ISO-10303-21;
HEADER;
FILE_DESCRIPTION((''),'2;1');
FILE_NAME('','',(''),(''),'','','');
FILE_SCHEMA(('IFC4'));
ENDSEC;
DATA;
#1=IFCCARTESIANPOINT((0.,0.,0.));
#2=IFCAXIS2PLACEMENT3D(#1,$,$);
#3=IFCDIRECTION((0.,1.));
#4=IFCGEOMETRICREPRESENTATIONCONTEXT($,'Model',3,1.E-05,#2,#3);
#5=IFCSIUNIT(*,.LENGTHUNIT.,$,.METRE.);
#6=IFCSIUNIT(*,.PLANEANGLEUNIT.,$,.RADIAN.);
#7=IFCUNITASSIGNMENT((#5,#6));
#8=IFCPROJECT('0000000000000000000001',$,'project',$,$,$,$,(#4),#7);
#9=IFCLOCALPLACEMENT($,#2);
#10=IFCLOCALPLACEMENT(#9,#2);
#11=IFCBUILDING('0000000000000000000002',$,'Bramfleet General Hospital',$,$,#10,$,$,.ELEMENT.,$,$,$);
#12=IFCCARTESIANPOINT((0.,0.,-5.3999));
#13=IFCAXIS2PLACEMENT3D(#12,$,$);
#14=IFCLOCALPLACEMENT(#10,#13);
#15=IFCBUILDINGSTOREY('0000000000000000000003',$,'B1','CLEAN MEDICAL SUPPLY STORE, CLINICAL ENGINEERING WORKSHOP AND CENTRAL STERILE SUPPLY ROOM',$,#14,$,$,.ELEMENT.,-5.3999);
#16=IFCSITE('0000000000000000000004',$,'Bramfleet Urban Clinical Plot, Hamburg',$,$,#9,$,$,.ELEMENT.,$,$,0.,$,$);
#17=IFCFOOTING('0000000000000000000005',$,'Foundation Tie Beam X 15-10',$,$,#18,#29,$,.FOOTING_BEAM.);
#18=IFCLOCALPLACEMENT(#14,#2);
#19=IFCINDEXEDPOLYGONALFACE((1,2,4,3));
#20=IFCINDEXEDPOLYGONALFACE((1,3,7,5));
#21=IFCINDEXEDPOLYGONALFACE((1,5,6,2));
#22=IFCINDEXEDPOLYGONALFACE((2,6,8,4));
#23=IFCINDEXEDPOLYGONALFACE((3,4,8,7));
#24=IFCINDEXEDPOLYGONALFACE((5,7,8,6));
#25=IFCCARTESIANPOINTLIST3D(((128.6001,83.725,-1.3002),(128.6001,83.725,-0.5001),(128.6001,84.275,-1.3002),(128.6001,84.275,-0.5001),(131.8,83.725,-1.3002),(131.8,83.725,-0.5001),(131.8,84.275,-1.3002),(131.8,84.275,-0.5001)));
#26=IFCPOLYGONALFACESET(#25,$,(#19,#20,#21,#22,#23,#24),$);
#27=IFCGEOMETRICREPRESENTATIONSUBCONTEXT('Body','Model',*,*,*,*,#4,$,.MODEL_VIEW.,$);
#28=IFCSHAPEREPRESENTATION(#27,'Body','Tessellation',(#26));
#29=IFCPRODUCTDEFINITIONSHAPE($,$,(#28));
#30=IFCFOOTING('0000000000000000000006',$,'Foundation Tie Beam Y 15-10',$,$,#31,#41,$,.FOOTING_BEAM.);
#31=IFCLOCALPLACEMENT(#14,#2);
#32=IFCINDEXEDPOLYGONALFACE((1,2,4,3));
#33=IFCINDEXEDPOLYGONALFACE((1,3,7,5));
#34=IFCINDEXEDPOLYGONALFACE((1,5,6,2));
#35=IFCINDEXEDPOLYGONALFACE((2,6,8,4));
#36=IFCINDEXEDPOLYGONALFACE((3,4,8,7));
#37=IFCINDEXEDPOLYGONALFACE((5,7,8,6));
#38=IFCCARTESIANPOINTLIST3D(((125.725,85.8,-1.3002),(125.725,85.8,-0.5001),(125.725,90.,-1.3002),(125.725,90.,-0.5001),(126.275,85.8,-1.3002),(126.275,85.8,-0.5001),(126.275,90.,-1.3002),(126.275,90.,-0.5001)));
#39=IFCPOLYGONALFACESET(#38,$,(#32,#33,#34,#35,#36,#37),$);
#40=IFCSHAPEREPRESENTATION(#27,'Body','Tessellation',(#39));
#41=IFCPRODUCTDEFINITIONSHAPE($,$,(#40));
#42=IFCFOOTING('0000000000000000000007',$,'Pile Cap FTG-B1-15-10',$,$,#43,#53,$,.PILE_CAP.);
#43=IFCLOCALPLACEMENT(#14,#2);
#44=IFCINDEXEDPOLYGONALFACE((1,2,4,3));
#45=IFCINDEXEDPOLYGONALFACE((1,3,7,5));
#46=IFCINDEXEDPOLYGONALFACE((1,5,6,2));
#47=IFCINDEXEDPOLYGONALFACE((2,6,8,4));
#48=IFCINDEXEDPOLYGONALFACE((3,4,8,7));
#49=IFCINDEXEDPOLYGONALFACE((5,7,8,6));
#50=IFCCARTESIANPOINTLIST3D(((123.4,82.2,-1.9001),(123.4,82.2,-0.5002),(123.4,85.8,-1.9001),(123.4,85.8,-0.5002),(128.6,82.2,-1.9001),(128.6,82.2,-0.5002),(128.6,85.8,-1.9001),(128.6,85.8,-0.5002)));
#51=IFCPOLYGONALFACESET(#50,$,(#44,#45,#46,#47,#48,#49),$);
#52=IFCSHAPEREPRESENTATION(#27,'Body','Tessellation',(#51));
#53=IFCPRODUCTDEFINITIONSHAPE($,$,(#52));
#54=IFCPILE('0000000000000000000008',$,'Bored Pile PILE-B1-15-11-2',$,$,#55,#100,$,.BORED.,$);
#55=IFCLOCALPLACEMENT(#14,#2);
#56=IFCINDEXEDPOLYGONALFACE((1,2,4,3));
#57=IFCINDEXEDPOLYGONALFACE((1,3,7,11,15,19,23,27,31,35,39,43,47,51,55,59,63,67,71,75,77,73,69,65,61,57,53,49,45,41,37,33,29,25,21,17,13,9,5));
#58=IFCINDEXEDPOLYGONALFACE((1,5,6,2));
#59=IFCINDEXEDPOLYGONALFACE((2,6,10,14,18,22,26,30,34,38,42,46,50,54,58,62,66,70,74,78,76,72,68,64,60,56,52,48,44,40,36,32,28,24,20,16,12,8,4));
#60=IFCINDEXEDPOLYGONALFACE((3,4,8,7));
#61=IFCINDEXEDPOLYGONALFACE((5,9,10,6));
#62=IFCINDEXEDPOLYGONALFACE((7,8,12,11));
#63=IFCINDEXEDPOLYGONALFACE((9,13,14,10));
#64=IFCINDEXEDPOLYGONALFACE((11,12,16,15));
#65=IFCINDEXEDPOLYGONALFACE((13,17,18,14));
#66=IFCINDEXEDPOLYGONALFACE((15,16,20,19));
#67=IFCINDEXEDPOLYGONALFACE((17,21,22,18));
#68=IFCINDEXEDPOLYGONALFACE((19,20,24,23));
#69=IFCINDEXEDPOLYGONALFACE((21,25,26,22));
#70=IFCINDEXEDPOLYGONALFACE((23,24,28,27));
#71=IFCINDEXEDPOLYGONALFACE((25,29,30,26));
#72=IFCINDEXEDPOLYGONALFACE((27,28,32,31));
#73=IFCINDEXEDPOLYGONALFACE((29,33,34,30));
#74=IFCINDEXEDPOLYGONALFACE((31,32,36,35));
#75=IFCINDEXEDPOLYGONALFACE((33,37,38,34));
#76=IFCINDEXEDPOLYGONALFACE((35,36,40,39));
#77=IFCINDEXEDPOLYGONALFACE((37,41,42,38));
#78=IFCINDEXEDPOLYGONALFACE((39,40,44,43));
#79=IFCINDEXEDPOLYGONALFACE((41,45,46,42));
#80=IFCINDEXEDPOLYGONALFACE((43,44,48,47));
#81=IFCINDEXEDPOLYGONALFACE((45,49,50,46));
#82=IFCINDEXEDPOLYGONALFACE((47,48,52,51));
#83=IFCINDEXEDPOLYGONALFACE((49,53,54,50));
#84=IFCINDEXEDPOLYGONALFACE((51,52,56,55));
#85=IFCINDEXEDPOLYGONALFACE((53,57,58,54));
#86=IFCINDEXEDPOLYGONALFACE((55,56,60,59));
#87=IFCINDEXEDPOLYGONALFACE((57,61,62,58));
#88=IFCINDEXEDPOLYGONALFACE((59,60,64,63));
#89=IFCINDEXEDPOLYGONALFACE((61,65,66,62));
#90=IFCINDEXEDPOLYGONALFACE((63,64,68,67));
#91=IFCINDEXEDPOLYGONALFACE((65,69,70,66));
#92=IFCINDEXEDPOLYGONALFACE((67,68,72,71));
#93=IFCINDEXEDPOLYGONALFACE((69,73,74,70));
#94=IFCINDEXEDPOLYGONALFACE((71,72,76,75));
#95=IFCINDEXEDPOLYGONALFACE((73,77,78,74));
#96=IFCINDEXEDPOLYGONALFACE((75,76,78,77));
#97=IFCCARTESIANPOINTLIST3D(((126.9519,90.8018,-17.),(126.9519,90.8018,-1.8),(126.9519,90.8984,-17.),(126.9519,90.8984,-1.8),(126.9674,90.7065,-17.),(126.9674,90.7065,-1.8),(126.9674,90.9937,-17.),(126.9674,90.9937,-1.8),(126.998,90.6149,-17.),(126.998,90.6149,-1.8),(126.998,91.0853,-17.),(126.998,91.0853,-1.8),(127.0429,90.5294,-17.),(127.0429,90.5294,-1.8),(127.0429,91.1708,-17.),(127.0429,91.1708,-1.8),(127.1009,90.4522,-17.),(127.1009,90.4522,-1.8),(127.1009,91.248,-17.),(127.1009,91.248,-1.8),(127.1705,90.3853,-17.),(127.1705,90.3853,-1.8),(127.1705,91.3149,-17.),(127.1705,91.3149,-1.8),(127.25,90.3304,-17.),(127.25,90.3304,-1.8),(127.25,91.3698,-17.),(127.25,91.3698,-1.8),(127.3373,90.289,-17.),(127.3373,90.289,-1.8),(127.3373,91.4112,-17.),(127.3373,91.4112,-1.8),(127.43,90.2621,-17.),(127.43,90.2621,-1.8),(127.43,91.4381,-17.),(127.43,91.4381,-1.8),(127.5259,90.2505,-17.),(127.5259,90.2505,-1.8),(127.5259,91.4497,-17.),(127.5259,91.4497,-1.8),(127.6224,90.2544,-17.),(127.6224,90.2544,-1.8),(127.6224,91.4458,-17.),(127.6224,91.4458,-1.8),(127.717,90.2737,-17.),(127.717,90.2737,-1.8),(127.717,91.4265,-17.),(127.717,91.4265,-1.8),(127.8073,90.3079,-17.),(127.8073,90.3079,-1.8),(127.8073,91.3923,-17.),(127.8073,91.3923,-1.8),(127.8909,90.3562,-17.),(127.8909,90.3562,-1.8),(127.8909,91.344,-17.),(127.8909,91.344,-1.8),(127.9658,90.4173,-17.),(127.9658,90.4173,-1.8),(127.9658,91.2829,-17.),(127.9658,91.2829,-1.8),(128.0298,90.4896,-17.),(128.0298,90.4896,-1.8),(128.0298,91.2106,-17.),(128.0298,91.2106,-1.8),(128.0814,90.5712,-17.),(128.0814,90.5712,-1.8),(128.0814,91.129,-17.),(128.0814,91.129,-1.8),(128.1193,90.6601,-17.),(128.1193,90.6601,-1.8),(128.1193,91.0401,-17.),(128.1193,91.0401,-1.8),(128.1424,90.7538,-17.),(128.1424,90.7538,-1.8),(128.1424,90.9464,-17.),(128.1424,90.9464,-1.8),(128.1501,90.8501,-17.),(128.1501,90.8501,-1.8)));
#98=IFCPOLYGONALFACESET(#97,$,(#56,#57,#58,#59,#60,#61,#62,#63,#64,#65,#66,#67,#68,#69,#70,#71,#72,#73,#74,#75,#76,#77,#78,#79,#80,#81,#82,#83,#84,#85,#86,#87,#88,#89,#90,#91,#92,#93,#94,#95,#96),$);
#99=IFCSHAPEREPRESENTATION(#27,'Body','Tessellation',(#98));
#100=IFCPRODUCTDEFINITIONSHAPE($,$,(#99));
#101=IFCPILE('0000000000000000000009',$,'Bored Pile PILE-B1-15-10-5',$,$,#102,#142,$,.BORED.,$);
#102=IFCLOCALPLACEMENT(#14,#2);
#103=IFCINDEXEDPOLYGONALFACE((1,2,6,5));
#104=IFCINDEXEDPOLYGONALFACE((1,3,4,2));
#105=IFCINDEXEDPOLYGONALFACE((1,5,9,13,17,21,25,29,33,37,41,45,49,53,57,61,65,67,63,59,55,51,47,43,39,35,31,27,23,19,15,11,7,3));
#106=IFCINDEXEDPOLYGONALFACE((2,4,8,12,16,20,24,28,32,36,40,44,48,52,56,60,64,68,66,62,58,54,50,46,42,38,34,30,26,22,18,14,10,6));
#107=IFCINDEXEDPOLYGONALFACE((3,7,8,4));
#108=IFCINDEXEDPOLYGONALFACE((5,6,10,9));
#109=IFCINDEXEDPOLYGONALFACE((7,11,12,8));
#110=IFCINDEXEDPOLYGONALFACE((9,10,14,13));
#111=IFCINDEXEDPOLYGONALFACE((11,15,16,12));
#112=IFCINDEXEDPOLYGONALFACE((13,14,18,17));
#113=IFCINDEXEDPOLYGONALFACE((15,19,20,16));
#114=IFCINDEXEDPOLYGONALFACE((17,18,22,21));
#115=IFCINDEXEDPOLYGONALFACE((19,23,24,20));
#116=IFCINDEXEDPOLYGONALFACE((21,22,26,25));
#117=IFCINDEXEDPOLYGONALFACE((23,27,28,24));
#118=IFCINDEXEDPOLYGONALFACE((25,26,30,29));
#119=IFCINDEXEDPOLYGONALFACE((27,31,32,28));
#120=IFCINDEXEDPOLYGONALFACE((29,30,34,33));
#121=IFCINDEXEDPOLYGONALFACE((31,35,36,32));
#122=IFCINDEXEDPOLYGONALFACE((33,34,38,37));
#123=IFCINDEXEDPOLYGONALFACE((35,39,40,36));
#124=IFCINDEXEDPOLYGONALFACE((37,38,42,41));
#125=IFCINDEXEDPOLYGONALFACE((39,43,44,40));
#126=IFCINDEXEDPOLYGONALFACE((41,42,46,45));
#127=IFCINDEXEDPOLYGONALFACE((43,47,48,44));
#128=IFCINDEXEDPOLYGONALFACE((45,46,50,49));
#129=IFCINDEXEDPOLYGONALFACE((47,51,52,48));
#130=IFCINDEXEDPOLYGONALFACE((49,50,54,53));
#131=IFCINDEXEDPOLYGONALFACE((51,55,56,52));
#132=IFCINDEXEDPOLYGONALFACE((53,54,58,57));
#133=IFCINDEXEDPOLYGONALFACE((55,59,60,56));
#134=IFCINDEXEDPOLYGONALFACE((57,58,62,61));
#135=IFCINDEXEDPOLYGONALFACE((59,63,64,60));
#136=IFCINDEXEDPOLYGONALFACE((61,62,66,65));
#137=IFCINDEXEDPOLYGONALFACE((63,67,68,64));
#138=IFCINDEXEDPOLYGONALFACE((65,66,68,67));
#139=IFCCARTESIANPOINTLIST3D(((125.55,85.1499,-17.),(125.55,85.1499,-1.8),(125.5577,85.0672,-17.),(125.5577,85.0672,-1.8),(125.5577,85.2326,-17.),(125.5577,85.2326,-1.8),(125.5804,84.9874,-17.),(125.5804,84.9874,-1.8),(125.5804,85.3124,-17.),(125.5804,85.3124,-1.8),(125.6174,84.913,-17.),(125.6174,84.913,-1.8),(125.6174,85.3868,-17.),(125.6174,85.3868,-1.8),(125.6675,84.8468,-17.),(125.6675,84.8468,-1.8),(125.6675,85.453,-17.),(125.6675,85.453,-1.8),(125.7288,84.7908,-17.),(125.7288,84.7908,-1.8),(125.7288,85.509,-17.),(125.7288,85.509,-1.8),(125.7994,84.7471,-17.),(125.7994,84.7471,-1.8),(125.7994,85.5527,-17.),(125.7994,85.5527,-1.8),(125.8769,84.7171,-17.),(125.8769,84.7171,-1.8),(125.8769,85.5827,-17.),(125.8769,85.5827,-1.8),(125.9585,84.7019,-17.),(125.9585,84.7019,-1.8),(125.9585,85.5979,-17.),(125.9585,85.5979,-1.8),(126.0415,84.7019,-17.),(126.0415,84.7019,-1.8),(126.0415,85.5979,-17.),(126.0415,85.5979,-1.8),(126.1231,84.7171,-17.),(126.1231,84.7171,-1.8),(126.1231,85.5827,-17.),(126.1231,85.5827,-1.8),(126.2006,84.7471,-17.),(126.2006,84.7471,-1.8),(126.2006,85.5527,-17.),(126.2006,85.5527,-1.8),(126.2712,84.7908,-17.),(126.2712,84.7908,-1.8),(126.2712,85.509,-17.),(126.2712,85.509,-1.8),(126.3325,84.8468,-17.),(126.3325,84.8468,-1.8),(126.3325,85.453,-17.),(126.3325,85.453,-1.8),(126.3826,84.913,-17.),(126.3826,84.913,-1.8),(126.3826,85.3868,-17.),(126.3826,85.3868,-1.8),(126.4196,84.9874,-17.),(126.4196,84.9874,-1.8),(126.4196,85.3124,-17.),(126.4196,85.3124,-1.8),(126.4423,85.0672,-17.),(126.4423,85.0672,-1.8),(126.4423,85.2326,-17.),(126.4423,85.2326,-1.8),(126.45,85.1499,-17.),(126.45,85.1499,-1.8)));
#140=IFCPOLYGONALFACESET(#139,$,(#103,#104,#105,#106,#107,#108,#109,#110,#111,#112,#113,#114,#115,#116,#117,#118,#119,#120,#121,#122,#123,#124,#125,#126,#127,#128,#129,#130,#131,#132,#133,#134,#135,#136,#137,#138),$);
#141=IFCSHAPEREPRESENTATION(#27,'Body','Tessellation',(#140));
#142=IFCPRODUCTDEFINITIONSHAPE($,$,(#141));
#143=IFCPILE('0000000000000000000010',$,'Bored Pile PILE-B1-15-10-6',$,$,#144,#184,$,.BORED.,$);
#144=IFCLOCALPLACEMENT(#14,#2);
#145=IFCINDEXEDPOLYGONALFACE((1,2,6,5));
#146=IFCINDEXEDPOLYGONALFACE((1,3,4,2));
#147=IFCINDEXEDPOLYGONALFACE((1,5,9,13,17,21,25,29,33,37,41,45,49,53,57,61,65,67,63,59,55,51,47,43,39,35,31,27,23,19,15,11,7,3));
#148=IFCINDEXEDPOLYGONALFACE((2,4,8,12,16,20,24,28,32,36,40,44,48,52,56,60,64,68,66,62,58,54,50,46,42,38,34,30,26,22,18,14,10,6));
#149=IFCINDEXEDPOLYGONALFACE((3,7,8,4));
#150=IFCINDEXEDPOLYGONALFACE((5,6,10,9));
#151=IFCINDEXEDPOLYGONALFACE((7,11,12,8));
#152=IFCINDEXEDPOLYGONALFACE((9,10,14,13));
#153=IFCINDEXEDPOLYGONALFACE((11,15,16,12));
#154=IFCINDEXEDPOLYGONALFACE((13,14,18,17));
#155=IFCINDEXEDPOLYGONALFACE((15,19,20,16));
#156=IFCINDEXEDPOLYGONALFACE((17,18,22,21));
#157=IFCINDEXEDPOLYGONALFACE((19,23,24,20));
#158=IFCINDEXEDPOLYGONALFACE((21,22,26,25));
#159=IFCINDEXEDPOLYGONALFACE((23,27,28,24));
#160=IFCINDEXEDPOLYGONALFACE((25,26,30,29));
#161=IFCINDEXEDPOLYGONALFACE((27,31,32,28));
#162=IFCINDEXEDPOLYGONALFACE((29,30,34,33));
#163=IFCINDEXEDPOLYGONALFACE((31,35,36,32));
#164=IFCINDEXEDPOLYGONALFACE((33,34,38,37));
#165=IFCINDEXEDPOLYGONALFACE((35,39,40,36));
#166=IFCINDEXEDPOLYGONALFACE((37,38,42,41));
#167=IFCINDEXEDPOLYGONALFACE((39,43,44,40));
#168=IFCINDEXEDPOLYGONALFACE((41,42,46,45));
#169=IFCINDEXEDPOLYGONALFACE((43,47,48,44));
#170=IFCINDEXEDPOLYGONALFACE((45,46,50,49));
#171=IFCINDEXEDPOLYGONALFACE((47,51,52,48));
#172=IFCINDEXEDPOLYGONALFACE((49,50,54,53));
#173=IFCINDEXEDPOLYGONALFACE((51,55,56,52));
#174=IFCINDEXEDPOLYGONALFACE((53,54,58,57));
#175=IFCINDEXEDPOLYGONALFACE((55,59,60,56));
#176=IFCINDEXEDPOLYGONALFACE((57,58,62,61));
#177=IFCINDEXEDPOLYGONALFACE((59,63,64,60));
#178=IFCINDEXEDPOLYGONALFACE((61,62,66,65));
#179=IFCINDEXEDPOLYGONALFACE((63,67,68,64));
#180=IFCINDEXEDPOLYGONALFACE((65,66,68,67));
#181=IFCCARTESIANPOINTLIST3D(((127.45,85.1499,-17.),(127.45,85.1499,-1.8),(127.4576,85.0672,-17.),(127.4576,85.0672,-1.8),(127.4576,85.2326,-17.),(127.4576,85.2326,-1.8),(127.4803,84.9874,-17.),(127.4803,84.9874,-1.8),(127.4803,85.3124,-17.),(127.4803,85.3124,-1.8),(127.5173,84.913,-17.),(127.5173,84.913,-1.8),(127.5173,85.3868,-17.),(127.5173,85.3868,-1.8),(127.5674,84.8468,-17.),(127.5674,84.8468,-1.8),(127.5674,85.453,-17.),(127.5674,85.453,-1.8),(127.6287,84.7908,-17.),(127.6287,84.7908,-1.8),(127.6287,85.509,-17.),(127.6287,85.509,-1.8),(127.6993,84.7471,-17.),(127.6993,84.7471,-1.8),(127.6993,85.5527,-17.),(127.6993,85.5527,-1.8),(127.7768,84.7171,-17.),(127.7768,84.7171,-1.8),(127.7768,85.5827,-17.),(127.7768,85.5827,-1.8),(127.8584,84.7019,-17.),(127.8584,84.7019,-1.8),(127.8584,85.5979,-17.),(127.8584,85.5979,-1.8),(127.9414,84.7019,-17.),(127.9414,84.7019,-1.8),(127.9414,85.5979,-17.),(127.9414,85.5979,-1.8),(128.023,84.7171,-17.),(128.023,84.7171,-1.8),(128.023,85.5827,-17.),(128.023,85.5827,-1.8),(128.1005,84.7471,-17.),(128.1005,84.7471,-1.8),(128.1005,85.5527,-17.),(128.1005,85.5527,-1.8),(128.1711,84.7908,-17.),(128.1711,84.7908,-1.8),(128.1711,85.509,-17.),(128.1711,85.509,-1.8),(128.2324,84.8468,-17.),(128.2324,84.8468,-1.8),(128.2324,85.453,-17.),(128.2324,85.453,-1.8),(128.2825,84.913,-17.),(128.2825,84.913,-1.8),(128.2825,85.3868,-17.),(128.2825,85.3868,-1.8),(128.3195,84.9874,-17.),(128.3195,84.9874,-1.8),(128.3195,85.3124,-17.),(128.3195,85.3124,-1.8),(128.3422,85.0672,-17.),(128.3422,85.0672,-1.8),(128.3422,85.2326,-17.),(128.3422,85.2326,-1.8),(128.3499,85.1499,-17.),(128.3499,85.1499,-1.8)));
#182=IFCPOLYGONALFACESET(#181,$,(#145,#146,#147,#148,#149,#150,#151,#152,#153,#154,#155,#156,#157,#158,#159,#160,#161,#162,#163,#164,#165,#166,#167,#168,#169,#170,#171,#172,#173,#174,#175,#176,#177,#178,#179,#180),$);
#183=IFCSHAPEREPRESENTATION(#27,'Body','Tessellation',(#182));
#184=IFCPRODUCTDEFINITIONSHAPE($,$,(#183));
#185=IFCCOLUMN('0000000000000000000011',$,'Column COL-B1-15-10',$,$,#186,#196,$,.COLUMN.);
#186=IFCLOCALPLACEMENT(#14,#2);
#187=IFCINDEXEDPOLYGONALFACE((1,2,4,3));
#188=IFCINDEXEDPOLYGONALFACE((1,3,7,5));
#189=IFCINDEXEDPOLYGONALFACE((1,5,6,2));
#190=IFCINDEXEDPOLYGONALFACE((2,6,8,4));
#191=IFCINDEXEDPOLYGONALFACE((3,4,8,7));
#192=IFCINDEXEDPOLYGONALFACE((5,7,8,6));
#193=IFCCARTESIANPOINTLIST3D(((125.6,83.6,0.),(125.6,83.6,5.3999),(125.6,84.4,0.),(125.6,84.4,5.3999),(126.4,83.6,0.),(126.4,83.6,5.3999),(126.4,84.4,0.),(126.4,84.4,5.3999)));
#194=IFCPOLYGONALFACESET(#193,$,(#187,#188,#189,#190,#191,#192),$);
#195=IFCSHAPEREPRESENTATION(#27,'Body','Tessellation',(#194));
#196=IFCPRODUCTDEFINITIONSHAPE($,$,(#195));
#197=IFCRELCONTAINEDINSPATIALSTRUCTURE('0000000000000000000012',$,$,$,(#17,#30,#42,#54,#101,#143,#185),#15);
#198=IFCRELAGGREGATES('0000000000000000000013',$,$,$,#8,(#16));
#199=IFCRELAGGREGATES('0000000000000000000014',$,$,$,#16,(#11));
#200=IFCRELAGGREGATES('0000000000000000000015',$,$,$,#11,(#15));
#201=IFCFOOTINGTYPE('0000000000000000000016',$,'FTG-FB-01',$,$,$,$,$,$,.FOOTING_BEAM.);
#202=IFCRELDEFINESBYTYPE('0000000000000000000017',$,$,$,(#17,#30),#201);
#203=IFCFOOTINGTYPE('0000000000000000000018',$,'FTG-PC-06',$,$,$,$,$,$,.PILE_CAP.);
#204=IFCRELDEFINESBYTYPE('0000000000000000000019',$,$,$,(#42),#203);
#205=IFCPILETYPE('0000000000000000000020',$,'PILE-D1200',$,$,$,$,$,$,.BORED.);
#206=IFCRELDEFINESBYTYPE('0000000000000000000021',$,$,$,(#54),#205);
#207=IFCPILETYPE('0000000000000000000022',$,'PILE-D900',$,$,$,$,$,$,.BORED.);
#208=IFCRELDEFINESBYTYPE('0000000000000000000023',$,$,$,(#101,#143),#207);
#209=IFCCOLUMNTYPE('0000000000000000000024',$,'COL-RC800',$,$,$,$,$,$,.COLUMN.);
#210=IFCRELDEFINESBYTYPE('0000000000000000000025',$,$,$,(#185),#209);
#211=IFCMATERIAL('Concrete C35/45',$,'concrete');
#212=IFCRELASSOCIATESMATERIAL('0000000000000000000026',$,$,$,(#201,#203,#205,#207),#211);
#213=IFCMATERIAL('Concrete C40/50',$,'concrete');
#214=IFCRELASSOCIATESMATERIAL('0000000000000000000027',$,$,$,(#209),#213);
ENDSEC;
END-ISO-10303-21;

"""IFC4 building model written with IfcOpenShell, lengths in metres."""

from ifc_helpers import new_model, si_unit, direction, frame, origin, origin_2d, place, context, subcontext, project, spatial, rectangle, circle, extrude, material, material_profile, profile_set, type_object, element, save


model = new_model("IFC4")

# Units and contexts
model_context = context("Model", 3, precision=1e-05, world=origin(), true_north=direction((0.0, 1.0)))
body_context = subcontext(model_context, "Body", "Model", "MODEL_VIEW")
ifc_project = project(units=[si_unit("LENGTHUNIT", "METRE"), si_unit("PLANEANGLEUNIT", "RADIAN")], contexts=[model_context])

# Site, building, storey
site_placement = place(None, origin())
site = spatial("IfcSite", under=ifc_project, at=site_placement, Name="Bramfleet Urban Clinical Plot, Hamburg", CompositionType="ELEMENT", RefElevation=0.0)
building_placement = place(site_placement, origin())
building = spatial("IfcBuilding", under=site, at=building_placement, Name="Bramfleet General Hospital", CompositionType="ELEMENT")
storey_placement = place(building_placement, frame((0.0, 0.0, -5.3999)))
storey = spatial("IfcBuildingStorey", under=building, at=storey_placement, Name="B1", Description="CLEAN MEDICAL SUPPLY STORE, CLINICAL ENGINEERING WORKSHOP AND CENTRAL STERILE SUPPLY ROOM", CompositionType="ELEMENT", Elevation=-5.3999)

# Footings
ifc_material_1 = material(Name="Concrete C35/45", Category="concrete")
ifc_material_profile_1 = material_profile(ifc_material_1, rectangle(XDim=0.55, YDim=0.8, at=origin_2d()), Name="RC FB 800x550")
ifc_profile_set_1 = profile_set([ifc_material_profile_1], Name="Concrete C35/45")
footing_type_1 = type_object("IfcFootingType", Name="FTG-FB-01", PredefinedType="FOOTING_BEAM", material=ifc_profile_set_1)
footing_1_placement = place(storey_placement, frame((128.6001, 84.0, -0.9001), z_axis=(1.0, 0.0, 0.0), x_axis=(0.0, 1.0, 0.0)))
element("IfcFooting", 1, at=footing_1_placement, inside=storey, type_object=footing_type_1, Name="Foundation Tie Beam X 15-10", PredefinedType="FOOTING_BEAM", context=body_context, shape_type="SweptSolid", body=[
    extrude(rectangle(XDim=0.55, YDim=0.8, at=origin_2d()), origin(), (0.0, 0.0, 1.0), 3.2),
])
footing_2_placement = place(storey_placement, frame((126.0, 85.8, -0.9001), z_axis=(0.0, 1.0, 0.0), x_axis=(-1.0, 0.0, 0.0)))
element("IfcFooting", 2, at=footing_2_placement, inside=storey, type_object=footing_type_1, Name="Foundation Tie Beam Y 15-10", PredefinedType="FOOTING_BEAM", context=body_context, shape_type="SweptSolid", body=[
    extrude(rectangle(XDim=0.55, YDim=0.8, at=origin_2d()), origin(), (0.0, 0.0, 1.0), 4.2),
])
footing_type_2 = type_object("IfcFootingType", Name="FTG-PC-06", PredefinedType="PILE_CAP", material=ifc_material_1)
footing_3_placement = place(storey_placement, frame((126.0, 84.0, -1.9001), z_axis=(0.0, 0.0, 1.0), x_axis=(1.0, 0.0, 0.0)))
element("IfcFooting", 3, at=footing_3_placement, inside=storey, type_object=footing_type_2, Name="Pile Cap FTG-B1-15-10", PredefinedType="PILE_CAP", context=body_context, shape_type="SweptSolid", body=[
    extrude(rectangle(XDim=5.2, YDim=3.6001, at=origin_2d()), origin(), (0.0, 0.0, 1.0), 1.3999),
])

# Piles
ifc_material_profile_2 = material_profile(ifc_material_1, circle(Radius=0.6001, at=origin_2d()), Name="PILE BORED D1200")
ifc_profile_set_2 = profile_set([ifc_material_profile_2], Name="Concrete C35/45")
pile_type_1 = type_object("IfcPileType", Name="PILE-D1200", PredefinedType="BORED", material=ifc_profile_set_2)
pile_placement = place(storey_placement, frame((127.55, 90.8501, -1.8), z_axis=(0.0, 0.0, -1.0), x_axis=(1.0, 0.0, 0.0)))
element("IfcPile", 4, at=pile_placement, inside=storey, type_object=pile_type_1, Name="Bored Pile PILE-B1-15-11-2", PredefinedType="BORED", context=body_context, shape_type="SweptSolid", body=[
    extrude(circle(Radius=0.6001, at=origin_2d()), origin(), (0.0, 0.0, 1.0), 15.2),
])
ifc_material_profile_3 = material_profile(ifc_material_1, circle(Radius=0.45, at=origin_2d()), Name="PILE BORED D900")
ifc_profile_set_3 = profile_set([ifc_material_profile_3], Name="Concrete C35/45")
pile_type_2 = type_object("IfcPileType", Name="PILE-D900", PredefinedType="BORED", material=ifc_profile_set_3)
for number, where, z_axis, x_axis, name in (
    (5, (126.0, 85.1499, -1.8), (0.0, 0.0, -1.0), (1.0, 0.0, 0.0), "Bored Pile PILE-B1-15-10-5"),
    (6, (127.8999, 85.1499, -1.8), (0.0, 0.0, -1.0), (1.0, 0.0, 0.0), "Bored Pile PILE-B1-15-10-6"),
):
    element("IfcPile", number, at=place(storey_placement, frame(where, z_axis=z_axis, x_axis=x_axis)), inside=storey, type_object=pile_type_2, Name=name, PredefinedType="BORED", context=body_context, shape_type="SweptSolid", body=[
        extrude(circle(Radius=0.45, at=origin_2d()), origin(), (0.0, 0.0, 1.0), 15.2),
    ])

# Column
ifc_material_2 = material(Name="Concrete C40/50", Category="concrete")
ifc_material_profile_4 = material_profile(ifc_material_2, rectangle(XDim=0.8, YDim=0.8, at=origin_2d()), Name="RC COL 800x800")
ifc_profile_set_4 = profile_set([ifc_material_profile_4], Name="Concrete C40/50")
column_type = type_object("IfcColumnType", Name="COL-RC800", PredefinedType="COLUMN", material=ifc_profile_set_4)
column_placement = place(storey_placement, frame((126.0, 84.0, 0.0), z_axis=(0.0, 0.0, 1.0), x_axis=(1.0, 0.0, 0.0)))
element("IfcColumn", 7, at=column_placement, inside=storey, type_object=column_type, Name="Column COL-B1-15-10", PredefinedType="COLUMN", context=body_context, shape_type="SweptSolid", body=[
    extrude(rectangle(XDim=0.8, YDim=0.8, at=origin_2d()), origin(), (0.0, 0.0, 1.0), 5.3999),
])

save(model, "model.ifc")
